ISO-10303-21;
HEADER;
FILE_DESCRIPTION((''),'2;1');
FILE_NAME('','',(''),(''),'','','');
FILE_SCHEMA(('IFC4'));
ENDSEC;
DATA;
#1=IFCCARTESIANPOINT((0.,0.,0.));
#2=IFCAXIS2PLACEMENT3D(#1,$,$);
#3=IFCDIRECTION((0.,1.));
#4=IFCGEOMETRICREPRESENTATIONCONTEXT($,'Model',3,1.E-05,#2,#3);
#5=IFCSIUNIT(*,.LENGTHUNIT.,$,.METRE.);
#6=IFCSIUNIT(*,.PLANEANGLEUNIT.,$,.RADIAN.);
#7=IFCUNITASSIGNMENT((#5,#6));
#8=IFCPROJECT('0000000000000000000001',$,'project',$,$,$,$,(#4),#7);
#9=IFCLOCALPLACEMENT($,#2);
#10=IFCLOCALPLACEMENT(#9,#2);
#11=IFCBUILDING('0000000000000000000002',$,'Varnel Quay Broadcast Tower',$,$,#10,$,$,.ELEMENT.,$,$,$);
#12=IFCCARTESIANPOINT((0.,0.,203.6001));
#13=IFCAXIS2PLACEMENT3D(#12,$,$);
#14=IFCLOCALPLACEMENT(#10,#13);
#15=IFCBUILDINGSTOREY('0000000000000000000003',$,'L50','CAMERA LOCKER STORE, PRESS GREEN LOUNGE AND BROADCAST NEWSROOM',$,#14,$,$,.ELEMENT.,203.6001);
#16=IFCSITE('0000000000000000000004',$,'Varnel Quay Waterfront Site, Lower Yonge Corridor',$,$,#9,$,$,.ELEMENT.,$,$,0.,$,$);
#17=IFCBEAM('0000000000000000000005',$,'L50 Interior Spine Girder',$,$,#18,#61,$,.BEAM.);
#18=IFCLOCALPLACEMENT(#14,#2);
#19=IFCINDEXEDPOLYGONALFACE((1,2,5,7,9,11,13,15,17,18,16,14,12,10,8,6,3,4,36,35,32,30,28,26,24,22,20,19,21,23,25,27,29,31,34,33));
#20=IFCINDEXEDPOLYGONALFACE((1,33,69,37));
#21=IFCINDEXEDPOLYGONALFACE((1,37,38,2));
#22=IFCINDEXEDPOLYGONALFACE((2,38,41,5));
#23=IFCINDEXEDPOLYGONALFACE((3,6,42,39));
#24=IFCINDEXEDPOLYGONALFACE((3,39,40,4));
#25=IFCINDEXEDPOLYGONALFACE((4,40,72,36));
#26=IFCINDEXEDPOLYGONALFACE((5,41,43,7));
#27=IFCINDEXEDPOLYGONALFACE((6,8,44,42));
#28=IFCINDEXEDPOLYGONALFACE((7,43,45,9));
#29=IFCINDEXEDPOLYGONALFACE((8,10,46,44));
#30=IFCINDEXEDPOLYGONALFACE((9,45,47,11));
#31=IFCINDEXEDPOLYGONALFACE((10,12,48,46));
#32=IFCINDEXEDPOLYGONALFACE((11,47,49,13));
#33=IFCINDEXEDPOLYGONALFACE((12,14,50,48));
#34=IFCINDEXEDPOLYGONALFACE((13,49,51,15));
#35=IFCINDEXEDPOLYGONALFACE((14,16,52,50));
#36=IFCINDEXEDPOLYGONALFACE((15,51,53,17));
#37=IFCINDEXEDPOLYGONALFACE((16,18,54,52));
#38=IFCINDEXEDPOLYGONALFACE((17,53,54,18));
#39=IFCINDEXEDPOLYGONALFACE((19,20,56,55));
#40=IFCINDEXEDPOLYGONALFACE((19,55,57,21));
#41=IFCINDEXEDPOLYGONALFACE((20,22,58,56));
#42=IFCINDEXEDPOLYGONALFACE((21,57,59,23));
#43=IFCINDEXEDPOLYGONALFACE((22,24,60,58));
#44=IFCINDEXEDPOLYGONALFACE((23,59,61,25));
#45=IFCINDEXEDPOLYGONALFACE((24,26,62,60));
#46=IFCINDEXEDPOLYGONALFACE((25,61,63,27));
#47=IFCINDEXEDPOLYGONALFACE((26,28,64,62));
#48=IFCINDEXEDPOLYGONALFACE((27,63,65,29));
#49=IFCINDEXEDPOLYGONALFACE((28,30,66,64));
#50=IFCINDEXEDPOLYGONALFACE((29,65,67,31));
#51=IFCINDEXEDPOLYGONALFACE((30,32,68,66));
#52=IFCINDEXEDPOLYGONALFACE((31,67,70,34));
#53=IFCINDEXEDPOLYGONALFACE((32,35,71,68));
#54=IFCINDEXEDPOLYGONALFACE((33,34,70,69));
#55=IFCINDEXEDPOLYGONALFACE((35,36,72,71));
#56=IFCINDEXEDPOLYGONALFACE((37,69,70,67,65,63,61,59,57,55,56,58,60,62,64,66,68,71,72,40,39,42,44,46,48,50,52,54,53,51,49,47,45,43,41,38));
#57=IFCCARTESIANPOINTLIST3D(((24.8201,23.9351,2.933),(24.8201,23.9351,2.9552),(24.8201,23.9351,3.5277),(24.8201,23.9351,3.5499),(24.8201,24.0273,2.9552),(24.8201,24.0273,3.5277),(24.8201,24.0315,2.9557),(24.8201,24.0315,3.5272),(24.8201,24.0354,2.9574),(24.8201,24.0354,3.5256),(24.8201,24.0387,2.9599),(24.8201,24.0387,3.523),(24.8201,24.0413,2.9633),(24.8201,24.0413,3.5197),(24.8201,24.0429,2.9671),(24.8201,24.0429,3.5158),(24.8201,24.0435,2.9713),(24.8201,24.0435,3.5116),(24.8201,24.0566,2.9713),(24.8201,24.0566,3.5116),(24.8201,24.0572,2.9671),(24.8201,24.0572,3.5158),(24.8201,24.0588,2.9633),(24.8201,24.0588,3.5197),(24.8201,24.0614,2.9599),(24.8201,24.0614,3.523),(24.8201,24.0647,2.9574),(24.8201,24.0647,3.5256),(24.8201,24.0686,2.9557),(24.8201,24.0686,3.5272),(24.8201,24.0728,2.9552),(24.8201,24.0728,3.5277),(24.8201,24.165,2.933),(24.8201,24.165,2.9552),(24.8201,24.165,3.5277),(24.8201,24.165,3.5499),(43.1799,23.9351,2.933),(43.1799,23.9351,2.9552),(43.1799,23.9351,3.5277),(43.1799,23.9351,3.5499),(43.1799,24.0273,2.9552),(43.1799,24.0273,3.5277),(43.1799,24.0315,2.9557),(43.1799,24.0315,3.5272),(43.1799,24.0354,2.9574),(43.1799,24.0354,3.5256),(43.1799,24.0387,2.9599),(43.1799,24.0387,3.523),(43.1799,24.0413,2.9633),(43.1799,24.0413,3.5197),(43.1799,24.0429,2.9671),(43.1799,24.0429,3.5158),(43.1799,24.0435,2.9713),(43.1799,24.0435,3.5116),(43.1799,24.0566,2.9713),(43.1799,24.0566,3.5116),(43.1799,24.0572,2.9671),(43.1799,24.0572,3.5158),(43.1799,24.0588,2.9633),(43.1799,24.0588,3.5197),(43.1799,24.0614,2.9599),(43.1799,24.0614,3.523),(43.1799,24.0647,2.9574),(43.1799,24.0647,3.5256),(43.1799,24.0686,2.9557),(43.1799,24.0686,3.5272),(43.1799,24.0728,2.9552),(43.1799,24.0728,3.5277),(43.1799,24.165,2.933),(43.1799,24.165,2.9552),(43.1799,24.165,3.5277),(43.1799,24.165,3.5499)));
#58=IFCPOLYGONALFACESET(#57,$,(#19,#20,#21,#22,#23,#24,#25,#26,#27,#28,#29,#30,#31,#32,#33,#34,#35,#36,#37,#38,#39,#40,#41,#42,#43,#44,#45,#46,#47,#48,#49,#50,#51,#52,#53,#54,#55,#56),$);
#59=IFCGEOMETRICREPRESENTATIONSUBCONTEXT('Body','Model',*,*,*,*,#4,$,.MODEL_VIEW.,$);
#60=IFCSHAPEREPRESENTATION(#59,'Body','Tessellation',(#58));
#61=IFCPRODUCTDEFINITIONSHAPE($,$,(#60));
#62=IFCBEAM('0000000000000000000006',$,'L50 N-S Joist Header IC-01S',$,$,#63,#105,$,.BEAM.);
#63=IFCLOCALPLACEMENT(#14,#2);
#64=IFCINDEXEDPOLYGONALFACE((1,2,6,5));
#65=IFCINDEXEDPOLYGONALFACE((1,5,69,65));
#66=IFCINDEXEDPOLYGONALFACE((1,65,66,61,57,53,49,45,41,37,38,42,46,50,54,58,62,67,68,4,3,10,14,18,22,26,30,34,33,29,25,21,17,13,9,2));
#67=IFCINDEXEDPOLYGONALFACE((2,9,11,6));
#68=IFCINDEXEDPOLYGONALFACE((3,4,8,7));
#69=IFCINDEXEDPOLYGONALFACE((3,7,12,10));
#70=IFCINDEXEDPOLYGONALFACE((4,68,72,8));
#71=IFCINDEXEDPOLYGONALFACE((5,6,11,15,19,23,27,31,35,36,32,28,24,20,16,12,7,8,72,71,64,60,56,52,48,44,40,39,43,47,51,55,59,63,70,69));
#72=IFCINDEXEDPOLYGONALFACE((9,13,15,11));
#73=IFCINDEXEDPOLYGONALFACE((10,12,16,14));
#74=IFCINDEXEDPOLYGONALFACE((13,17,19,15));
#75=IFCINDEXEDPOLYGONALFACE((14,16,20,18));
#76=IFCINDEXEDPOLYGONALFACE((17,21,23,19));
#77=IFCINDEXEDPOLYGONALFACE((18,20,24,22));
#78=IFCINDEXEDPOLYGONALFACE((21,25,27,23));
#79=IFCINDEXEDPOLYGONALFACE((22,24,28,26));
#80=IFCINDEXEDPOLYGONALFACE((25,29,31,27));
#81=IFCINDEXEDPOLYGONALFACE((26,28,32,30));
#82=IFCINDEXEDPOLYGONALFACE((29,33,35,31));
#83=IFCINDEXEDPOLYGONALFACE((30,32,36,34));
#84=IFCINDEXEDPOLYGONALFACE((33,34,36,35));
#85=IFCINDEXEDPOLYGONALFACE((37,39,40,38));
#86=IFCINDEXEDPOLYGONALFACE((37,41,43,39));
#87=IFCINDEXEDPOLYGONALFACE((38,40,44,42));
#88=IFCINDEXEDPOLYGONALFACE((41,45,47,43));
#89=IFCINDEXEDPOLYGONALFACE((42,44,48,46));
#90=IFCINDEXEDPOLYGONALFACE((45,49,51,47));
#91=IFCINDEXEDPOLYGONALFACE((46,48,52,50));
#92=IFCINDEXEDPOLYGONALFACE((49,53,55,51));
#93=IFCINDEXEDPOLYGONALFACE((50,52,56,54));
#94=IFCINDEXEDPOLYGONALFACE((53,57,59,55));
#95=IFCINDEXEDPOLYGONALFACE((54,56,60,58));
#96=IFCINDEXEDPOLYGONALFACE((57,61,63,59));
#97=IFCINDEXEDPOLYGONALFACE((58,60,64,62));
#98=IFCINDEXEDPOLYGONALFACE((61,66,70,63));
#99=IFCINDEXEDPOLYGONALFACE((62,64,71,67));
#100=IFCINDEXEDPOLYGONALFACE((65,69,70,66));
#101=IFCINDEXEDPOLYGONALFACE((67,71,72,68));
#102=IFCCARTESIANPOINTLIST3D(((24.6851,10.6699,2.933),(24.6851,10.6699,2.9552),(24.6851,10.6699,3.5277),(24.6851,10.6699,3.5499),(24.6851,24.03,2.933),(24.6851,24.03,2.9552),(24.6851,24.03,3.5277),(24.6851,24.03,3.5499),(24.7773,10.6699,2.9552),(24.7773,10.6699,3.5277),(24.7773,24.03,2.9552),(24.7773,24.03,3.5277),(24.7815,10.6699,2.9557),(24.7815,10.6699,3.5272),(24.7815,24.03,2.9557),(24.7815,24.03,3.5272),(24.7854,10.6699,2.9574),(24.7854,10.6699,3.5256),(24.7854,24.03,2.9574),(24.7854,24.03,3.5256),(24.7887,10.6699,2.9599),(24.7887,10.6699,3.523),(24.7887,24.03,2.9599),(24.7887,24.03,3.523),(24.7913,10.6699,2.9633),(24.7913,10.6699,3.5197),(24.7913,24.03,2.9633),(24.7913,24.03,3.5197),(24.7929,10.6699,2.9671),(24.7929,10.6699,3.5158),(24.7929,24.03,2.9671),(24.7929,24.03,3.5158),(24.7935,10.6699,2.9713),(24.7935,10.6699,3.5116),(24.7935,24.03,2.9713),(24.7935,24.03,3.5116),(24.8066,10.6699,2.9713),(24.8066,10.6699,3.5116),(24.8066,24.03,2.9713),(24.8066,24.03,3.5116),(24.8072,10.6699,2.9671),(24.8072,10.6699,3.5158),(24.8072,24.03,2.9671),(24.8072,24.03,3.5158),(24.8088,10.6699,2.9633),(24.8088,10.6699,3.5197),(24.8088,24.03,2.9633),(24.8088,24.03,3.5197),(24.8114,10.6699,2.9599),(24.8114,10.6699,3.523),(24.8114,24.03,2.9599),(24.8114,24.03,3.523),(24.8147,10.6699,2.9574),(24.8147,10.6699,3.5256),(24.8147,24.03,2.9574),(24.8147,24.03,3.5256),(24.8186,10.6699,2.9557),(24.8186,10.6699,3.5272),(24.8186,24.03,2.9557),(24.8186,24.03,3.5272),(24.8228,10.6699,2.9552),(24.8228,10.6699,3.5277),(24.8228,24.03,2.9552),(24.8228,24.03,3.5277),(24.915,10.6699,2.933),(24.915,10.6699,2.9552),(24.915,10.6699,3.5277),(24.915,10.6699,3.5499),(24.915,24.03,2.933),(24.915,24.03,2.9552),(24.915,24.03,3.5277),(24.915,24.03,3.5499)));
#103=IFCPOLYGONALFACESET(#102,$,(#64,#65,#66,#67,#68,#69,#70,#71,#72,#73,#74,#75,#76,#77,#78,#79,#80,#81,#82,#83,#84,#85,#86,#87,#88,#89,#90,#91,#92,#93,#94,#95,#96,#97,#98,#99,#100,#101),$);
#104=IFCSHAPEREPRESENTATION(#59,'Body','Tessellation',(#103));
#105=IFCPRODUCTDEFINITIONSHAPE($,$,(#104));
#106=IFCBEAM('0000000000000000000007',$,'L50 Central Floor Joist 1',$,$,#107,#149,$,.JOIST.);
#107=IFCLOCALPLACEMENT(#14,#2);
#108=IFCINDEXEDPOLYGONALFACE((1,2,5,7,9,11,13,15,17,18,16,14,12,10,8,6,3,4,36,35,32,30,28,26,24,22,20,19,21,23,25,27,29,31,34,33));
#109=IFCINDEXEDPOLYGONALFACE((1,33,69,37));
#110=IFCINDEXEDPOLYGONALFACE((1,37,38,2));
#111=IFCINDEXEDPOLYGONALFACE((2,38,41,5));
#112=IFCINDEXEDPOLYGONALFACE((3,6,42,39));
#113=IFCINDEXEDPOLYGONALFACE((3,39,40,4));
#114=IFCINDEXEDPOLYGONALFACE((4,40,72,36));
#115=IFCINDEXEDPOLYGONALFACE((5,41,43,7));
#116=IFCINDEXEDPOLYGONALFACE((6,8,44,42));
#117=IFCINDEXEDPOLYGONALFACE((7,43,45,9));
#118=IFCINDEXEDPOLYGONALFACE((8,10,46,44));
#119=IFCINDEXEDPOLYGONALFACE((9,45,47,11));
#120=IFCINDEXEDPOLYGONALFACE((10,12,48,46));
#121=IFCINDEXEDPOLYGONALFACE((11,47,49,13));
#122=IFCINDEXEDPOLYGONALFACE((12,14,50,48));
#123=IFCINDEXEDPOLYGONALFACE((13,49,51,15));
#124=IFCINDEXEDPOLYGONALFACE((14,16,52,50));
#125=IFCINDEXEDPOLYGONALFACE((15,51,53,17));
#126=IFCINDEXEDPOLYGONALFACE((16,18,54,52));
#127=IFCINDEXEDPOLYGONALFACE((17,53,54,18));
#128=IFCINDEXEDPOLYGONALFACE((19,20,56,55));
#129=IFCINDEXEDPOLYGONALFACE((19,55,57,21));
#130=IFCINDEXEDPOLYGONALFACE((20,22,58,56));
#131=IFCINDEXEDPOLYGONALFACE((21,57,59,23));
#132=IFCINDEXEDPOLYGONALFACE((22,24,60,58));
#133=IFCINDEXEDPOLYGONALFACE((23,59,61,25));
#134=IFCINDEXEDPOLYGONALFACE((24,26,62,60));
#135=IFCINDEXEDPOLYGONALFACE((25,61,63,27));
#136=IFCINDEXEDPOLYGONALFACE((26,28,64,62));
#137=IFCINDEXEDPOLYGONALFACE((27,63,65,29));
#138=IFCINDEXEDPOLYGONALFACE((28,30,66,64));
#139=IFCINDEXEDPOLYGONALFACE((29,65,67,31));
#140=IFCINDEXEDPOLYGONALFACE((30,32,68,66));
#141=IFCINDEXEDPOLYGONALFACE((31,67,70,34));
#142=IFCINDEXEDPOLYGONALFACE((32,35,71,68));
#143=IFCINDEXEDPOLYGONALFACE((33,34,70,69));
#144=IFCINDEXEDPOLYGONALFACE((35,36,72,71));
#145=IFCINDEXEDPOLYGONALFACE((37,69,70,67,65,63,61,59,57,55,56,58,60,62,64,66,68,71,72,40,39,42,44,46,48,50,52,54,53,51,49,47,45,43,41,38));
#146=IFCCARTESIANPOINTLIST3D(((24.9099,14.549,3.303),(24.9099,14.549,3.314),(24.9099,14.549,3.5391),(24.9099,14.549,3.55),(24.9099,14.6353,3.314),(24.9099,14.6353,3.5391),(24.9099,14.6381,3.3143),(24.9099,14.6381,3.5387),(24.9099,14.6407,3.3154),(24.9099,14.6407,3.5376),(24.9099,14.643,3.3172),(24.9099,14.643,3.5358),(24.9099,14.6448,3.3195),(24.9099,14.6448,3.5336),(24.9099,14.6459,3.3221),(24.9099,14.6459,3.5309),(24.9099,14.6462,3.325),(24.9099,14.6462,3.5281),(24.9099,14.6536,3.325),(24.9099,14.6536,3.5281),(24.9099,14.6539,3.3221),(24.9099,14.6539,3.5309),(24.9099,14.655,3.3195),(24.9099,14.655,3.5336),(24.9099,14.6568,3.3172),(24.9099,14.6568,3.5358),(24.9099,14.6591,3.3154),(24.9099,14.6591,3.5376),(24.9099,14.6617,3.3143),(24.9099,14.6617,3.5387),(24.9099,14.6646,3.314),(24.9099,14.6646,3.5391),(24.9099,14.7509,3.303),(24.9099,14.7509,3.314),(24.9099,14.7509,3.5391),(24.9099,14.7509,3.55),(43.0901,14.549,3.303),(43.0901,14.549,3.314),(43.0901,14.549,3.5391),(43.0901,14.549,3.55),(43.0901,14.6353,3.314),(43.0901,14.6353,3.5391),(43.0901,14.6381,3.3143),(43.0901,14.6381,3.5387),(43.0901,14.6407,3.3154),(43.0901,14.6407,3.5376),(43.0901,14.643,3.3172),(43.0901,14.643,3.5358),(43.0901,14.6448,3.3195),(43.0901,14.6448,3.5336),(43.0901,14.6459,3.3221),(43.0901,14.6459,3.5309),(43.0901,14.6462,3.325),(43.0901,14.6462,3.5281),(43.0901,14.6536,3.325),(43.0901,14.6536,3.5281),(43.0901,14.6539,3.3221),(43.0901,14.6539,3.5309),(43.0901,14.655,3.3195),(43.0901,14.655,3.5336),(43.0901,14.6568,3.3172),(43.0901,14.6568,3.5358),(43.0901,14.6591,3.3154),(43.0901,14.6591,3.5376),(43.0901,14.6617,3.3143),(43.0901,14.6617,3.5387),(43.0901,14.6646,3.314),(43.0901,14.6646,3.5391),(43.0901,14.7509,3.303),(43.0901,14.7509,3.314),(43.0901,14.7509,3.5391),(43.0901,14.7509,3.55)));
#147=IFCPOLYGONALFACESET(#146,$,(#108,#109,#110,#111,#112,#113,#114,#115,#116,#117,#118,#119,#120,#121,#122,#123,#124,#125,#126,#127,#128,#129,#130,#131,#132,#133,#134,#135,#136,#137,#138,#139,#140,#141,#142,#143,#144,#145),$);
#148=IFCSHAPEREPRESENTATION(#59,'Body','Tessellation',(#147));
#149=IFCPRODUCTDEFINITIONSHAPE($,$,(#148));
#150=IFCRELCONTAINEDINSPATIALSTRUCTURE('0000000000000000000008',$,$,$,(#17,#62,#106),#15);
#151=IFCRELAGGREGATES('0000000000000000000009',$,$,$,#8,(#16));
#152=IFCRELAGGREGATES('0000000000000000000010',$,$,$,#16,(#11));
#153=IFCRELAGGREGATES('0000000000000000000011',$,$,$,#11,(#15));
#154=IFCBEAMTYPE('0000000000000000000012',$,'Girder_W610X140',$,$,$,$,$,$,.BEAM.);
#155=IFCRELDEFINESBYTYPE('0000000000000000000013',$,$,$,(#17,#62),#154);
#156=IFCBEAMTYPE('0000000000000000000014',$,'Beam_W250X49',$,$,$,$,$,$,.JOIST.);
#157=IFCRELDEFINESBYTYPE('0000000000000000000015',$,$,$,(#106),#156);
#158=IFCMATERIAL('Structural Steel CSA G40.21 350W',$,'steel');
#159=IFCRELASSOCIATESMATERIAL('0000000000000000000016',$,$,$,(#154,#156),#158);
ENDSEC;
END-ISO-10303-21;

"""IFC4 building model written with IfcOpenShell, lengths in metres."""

from ifc_helpers import new_model, si_unit, direction, frame, origin, origin_2d, place, context, subcontext, project, spatial, i_section, extrude, source, transform, mapped, material, material_profile, profile_set, type_object, type_shapes, element, save


model = new_model("IFC4")

# Units and contexts
model_context = context("Model", 3, precision=1e-05, world=origin(), true_north=direction((0.0, 1.0)))
body_context = subcontext(model_context, "Body", "Model", "MODEL_VIEW")
ifc_project = project(units=[si_unit("LENGTHUNIT", "METRE"), si_unit("PLANEANGLEUNIT", "RADIAN")], contexts=[model_context])

# Site, building, storey
site_placement = place(None, origin())
site = spatial("IfcSite", under=ifc_project, at=site_placement, Name="Varnel Quay Waterfront Site, Lower Yonge Corridor", CompositionType="ELEMENT", RefElevation=0.0)
building_placement = place(site_placement, origin())
building = spatial("IfcBuilding", under=site, at=building_placement, Name="Varnel Quay Broadcast Tower", CompositionType="ELEMENT")
storey_placement = place(building_placement, frame((0.0, 0.0, 203.6001)))
storey = spatial("IfcBuildingStorey", under=building, at=storey_placement, Name="L50", Description="CAMERA LOCKER STORE, PRESS GREEN LOUNGE AND BROADCAST NEWSROOM", CompositionType="ELEMENT", Elevation=203.6001)

# Shared definitions
ifc_material_1 = material(Name="Structural Steel CSA G40.21 350W", Category="steel")

# Beams
ifc_material_profile_1 = material_profile(ifc_material_1, i_section(OverallWidth=0.23, OverallDepth=0.6169, WebThickness=0.0132, FlangeThickness=0.0222, FilletRadius=0.0161, at=origin_2d()), Name="W610X140")
ifc_profile_set_1 = profile_set([ifc_material_profile_1], Name="Structural Steel CSA G40.21 350W")
beam_type_1 = type_object("IfcBeamType", Name="Girder_W610X140", PredefinedType="BEAM", material=ifc_profile_set_1)
shared_shape_1 = source(origin(), body_context, "Body", "SweptSolid", [
    extrude(i_section(OverallWidth=0.23, OverallDepth=0.6169, WebThickness=0.0132, FlangeThickness=0.0222, FilletRadius=0.0161, at=origin_2d()), origin(), (0.0, 0.0, 1.0), 18.3599),
])
beam_1_placement = place(storey_placement, frame((24.8201, 24.05, 3.2415), z_axis=(1.0, 0.0, 0.0), x_axis=(0.0, 1.0, 0.0)))
element("IfcBeam", 1, at=beam_1_placement, inside=storey, type_object=beam_type_1, Name="L50 Interior Spine Girder", PredefinedType="BEAM", context=body_context, shape_type="MappedRepresentation", body=[
    mapped(shared_shape_1, transform((0.0, 0.0, 0.0), x_axis=(1.0, 0.0, 0.0), y_axis=(0.0, 1.0, 0.0), z_axis=(0.0, 0.0, 1.0), scale=1.0)),
])
shared_shape_2 = source(origin(), body_context, "Body", "SweptSolid", [
    extrude(i_section(OverallWidth=0.23, OverallDepth=0.6169, WebThickness=0.0132, FlangeThickness=0.0222, FilletRadius=0.0161, at=origin_2d()), origin(), (0.0, 0.0, 1.0), 13.3601),
])
beam_2_placement = place(storey_placement, frame((24.8, 10.6699, 3.2415), z_axis=(0.0, 1.0, 0.0), x_axis=(-1.0, 0.0, 0.0)))
element("IfcBeam", 2, at=beam_2_placement, inside=storey, type_object=beam_type_1, Name="L50 N-S Joist Header IC-01S", PredefinedType="BEAM", context=body_context, shape_type="MappedRepresentation", body=[
    mapped(shared_shape_2, transform((0.0, 0.0, 0.0), x_axis=(1.0, 0.0, 0.0), y_axis=(0.0, 1.0, 0.0), z_axis=(0.0, 0.0, 1.0), scale=1.0)),
])
ifc_material_profile_2 = material_profile(ifc_material_1, i_section(OverallWidth=0.2019, OverallDepth=0.2471, WebThickness=0.0073, FlangeThickness=0.011, FilletRadius=0.011, at=origin_2d()), Name="W250X49")
ifc_profile_set_2 = profile_set([ifc_material_profile_2], Name="Structural Steel CSA G40.21 350W")
beam_type_2 = type_object("IfcBeamType", Name="Beam_W250X49", PredefinedType="JOIST", material=ifc_profile_set_2)
shared_shape_3 = source(origin(), body_context, "Body", "SweptSolid", [
    extrude(i_section(OverallWidth=0.2019, OverallDepth=0.2471, WebThickness=0.0073, FlangeThickness=0.011, FilletRadius=0.011, at=origin_2d()), origin(), (0.0, 0.0, 1.0), 18.1802),
])
type_shapes(beam_type_2, [shared_shape_3])
beam_3_placement = place(storey_placement, frame((24.9099, 14.6499, 3.4265), z_axis=(1.0, 0.0, 0.0), x_axis=(0.0, 1.0, 0.0)))
element("IfcBeam", 3, at=beam_3_placement, inside=storey, type_object=beam_type_2, Name="L50 Central Floor Joist 1", PredefinedType="JOIST", context=body_context, shape_type="MappedRepresentation", body=[
    mapped(shared_shape_3, transform((0.0, 0.0, 0.0), x_axis=(1.0, 0.0, 0.0), y_axis=(0.0, 1.0, 0.0), z_axis=(0.0, 0.0, 1.0), scale=1.0)),
])

save(model, "model.ifc")
